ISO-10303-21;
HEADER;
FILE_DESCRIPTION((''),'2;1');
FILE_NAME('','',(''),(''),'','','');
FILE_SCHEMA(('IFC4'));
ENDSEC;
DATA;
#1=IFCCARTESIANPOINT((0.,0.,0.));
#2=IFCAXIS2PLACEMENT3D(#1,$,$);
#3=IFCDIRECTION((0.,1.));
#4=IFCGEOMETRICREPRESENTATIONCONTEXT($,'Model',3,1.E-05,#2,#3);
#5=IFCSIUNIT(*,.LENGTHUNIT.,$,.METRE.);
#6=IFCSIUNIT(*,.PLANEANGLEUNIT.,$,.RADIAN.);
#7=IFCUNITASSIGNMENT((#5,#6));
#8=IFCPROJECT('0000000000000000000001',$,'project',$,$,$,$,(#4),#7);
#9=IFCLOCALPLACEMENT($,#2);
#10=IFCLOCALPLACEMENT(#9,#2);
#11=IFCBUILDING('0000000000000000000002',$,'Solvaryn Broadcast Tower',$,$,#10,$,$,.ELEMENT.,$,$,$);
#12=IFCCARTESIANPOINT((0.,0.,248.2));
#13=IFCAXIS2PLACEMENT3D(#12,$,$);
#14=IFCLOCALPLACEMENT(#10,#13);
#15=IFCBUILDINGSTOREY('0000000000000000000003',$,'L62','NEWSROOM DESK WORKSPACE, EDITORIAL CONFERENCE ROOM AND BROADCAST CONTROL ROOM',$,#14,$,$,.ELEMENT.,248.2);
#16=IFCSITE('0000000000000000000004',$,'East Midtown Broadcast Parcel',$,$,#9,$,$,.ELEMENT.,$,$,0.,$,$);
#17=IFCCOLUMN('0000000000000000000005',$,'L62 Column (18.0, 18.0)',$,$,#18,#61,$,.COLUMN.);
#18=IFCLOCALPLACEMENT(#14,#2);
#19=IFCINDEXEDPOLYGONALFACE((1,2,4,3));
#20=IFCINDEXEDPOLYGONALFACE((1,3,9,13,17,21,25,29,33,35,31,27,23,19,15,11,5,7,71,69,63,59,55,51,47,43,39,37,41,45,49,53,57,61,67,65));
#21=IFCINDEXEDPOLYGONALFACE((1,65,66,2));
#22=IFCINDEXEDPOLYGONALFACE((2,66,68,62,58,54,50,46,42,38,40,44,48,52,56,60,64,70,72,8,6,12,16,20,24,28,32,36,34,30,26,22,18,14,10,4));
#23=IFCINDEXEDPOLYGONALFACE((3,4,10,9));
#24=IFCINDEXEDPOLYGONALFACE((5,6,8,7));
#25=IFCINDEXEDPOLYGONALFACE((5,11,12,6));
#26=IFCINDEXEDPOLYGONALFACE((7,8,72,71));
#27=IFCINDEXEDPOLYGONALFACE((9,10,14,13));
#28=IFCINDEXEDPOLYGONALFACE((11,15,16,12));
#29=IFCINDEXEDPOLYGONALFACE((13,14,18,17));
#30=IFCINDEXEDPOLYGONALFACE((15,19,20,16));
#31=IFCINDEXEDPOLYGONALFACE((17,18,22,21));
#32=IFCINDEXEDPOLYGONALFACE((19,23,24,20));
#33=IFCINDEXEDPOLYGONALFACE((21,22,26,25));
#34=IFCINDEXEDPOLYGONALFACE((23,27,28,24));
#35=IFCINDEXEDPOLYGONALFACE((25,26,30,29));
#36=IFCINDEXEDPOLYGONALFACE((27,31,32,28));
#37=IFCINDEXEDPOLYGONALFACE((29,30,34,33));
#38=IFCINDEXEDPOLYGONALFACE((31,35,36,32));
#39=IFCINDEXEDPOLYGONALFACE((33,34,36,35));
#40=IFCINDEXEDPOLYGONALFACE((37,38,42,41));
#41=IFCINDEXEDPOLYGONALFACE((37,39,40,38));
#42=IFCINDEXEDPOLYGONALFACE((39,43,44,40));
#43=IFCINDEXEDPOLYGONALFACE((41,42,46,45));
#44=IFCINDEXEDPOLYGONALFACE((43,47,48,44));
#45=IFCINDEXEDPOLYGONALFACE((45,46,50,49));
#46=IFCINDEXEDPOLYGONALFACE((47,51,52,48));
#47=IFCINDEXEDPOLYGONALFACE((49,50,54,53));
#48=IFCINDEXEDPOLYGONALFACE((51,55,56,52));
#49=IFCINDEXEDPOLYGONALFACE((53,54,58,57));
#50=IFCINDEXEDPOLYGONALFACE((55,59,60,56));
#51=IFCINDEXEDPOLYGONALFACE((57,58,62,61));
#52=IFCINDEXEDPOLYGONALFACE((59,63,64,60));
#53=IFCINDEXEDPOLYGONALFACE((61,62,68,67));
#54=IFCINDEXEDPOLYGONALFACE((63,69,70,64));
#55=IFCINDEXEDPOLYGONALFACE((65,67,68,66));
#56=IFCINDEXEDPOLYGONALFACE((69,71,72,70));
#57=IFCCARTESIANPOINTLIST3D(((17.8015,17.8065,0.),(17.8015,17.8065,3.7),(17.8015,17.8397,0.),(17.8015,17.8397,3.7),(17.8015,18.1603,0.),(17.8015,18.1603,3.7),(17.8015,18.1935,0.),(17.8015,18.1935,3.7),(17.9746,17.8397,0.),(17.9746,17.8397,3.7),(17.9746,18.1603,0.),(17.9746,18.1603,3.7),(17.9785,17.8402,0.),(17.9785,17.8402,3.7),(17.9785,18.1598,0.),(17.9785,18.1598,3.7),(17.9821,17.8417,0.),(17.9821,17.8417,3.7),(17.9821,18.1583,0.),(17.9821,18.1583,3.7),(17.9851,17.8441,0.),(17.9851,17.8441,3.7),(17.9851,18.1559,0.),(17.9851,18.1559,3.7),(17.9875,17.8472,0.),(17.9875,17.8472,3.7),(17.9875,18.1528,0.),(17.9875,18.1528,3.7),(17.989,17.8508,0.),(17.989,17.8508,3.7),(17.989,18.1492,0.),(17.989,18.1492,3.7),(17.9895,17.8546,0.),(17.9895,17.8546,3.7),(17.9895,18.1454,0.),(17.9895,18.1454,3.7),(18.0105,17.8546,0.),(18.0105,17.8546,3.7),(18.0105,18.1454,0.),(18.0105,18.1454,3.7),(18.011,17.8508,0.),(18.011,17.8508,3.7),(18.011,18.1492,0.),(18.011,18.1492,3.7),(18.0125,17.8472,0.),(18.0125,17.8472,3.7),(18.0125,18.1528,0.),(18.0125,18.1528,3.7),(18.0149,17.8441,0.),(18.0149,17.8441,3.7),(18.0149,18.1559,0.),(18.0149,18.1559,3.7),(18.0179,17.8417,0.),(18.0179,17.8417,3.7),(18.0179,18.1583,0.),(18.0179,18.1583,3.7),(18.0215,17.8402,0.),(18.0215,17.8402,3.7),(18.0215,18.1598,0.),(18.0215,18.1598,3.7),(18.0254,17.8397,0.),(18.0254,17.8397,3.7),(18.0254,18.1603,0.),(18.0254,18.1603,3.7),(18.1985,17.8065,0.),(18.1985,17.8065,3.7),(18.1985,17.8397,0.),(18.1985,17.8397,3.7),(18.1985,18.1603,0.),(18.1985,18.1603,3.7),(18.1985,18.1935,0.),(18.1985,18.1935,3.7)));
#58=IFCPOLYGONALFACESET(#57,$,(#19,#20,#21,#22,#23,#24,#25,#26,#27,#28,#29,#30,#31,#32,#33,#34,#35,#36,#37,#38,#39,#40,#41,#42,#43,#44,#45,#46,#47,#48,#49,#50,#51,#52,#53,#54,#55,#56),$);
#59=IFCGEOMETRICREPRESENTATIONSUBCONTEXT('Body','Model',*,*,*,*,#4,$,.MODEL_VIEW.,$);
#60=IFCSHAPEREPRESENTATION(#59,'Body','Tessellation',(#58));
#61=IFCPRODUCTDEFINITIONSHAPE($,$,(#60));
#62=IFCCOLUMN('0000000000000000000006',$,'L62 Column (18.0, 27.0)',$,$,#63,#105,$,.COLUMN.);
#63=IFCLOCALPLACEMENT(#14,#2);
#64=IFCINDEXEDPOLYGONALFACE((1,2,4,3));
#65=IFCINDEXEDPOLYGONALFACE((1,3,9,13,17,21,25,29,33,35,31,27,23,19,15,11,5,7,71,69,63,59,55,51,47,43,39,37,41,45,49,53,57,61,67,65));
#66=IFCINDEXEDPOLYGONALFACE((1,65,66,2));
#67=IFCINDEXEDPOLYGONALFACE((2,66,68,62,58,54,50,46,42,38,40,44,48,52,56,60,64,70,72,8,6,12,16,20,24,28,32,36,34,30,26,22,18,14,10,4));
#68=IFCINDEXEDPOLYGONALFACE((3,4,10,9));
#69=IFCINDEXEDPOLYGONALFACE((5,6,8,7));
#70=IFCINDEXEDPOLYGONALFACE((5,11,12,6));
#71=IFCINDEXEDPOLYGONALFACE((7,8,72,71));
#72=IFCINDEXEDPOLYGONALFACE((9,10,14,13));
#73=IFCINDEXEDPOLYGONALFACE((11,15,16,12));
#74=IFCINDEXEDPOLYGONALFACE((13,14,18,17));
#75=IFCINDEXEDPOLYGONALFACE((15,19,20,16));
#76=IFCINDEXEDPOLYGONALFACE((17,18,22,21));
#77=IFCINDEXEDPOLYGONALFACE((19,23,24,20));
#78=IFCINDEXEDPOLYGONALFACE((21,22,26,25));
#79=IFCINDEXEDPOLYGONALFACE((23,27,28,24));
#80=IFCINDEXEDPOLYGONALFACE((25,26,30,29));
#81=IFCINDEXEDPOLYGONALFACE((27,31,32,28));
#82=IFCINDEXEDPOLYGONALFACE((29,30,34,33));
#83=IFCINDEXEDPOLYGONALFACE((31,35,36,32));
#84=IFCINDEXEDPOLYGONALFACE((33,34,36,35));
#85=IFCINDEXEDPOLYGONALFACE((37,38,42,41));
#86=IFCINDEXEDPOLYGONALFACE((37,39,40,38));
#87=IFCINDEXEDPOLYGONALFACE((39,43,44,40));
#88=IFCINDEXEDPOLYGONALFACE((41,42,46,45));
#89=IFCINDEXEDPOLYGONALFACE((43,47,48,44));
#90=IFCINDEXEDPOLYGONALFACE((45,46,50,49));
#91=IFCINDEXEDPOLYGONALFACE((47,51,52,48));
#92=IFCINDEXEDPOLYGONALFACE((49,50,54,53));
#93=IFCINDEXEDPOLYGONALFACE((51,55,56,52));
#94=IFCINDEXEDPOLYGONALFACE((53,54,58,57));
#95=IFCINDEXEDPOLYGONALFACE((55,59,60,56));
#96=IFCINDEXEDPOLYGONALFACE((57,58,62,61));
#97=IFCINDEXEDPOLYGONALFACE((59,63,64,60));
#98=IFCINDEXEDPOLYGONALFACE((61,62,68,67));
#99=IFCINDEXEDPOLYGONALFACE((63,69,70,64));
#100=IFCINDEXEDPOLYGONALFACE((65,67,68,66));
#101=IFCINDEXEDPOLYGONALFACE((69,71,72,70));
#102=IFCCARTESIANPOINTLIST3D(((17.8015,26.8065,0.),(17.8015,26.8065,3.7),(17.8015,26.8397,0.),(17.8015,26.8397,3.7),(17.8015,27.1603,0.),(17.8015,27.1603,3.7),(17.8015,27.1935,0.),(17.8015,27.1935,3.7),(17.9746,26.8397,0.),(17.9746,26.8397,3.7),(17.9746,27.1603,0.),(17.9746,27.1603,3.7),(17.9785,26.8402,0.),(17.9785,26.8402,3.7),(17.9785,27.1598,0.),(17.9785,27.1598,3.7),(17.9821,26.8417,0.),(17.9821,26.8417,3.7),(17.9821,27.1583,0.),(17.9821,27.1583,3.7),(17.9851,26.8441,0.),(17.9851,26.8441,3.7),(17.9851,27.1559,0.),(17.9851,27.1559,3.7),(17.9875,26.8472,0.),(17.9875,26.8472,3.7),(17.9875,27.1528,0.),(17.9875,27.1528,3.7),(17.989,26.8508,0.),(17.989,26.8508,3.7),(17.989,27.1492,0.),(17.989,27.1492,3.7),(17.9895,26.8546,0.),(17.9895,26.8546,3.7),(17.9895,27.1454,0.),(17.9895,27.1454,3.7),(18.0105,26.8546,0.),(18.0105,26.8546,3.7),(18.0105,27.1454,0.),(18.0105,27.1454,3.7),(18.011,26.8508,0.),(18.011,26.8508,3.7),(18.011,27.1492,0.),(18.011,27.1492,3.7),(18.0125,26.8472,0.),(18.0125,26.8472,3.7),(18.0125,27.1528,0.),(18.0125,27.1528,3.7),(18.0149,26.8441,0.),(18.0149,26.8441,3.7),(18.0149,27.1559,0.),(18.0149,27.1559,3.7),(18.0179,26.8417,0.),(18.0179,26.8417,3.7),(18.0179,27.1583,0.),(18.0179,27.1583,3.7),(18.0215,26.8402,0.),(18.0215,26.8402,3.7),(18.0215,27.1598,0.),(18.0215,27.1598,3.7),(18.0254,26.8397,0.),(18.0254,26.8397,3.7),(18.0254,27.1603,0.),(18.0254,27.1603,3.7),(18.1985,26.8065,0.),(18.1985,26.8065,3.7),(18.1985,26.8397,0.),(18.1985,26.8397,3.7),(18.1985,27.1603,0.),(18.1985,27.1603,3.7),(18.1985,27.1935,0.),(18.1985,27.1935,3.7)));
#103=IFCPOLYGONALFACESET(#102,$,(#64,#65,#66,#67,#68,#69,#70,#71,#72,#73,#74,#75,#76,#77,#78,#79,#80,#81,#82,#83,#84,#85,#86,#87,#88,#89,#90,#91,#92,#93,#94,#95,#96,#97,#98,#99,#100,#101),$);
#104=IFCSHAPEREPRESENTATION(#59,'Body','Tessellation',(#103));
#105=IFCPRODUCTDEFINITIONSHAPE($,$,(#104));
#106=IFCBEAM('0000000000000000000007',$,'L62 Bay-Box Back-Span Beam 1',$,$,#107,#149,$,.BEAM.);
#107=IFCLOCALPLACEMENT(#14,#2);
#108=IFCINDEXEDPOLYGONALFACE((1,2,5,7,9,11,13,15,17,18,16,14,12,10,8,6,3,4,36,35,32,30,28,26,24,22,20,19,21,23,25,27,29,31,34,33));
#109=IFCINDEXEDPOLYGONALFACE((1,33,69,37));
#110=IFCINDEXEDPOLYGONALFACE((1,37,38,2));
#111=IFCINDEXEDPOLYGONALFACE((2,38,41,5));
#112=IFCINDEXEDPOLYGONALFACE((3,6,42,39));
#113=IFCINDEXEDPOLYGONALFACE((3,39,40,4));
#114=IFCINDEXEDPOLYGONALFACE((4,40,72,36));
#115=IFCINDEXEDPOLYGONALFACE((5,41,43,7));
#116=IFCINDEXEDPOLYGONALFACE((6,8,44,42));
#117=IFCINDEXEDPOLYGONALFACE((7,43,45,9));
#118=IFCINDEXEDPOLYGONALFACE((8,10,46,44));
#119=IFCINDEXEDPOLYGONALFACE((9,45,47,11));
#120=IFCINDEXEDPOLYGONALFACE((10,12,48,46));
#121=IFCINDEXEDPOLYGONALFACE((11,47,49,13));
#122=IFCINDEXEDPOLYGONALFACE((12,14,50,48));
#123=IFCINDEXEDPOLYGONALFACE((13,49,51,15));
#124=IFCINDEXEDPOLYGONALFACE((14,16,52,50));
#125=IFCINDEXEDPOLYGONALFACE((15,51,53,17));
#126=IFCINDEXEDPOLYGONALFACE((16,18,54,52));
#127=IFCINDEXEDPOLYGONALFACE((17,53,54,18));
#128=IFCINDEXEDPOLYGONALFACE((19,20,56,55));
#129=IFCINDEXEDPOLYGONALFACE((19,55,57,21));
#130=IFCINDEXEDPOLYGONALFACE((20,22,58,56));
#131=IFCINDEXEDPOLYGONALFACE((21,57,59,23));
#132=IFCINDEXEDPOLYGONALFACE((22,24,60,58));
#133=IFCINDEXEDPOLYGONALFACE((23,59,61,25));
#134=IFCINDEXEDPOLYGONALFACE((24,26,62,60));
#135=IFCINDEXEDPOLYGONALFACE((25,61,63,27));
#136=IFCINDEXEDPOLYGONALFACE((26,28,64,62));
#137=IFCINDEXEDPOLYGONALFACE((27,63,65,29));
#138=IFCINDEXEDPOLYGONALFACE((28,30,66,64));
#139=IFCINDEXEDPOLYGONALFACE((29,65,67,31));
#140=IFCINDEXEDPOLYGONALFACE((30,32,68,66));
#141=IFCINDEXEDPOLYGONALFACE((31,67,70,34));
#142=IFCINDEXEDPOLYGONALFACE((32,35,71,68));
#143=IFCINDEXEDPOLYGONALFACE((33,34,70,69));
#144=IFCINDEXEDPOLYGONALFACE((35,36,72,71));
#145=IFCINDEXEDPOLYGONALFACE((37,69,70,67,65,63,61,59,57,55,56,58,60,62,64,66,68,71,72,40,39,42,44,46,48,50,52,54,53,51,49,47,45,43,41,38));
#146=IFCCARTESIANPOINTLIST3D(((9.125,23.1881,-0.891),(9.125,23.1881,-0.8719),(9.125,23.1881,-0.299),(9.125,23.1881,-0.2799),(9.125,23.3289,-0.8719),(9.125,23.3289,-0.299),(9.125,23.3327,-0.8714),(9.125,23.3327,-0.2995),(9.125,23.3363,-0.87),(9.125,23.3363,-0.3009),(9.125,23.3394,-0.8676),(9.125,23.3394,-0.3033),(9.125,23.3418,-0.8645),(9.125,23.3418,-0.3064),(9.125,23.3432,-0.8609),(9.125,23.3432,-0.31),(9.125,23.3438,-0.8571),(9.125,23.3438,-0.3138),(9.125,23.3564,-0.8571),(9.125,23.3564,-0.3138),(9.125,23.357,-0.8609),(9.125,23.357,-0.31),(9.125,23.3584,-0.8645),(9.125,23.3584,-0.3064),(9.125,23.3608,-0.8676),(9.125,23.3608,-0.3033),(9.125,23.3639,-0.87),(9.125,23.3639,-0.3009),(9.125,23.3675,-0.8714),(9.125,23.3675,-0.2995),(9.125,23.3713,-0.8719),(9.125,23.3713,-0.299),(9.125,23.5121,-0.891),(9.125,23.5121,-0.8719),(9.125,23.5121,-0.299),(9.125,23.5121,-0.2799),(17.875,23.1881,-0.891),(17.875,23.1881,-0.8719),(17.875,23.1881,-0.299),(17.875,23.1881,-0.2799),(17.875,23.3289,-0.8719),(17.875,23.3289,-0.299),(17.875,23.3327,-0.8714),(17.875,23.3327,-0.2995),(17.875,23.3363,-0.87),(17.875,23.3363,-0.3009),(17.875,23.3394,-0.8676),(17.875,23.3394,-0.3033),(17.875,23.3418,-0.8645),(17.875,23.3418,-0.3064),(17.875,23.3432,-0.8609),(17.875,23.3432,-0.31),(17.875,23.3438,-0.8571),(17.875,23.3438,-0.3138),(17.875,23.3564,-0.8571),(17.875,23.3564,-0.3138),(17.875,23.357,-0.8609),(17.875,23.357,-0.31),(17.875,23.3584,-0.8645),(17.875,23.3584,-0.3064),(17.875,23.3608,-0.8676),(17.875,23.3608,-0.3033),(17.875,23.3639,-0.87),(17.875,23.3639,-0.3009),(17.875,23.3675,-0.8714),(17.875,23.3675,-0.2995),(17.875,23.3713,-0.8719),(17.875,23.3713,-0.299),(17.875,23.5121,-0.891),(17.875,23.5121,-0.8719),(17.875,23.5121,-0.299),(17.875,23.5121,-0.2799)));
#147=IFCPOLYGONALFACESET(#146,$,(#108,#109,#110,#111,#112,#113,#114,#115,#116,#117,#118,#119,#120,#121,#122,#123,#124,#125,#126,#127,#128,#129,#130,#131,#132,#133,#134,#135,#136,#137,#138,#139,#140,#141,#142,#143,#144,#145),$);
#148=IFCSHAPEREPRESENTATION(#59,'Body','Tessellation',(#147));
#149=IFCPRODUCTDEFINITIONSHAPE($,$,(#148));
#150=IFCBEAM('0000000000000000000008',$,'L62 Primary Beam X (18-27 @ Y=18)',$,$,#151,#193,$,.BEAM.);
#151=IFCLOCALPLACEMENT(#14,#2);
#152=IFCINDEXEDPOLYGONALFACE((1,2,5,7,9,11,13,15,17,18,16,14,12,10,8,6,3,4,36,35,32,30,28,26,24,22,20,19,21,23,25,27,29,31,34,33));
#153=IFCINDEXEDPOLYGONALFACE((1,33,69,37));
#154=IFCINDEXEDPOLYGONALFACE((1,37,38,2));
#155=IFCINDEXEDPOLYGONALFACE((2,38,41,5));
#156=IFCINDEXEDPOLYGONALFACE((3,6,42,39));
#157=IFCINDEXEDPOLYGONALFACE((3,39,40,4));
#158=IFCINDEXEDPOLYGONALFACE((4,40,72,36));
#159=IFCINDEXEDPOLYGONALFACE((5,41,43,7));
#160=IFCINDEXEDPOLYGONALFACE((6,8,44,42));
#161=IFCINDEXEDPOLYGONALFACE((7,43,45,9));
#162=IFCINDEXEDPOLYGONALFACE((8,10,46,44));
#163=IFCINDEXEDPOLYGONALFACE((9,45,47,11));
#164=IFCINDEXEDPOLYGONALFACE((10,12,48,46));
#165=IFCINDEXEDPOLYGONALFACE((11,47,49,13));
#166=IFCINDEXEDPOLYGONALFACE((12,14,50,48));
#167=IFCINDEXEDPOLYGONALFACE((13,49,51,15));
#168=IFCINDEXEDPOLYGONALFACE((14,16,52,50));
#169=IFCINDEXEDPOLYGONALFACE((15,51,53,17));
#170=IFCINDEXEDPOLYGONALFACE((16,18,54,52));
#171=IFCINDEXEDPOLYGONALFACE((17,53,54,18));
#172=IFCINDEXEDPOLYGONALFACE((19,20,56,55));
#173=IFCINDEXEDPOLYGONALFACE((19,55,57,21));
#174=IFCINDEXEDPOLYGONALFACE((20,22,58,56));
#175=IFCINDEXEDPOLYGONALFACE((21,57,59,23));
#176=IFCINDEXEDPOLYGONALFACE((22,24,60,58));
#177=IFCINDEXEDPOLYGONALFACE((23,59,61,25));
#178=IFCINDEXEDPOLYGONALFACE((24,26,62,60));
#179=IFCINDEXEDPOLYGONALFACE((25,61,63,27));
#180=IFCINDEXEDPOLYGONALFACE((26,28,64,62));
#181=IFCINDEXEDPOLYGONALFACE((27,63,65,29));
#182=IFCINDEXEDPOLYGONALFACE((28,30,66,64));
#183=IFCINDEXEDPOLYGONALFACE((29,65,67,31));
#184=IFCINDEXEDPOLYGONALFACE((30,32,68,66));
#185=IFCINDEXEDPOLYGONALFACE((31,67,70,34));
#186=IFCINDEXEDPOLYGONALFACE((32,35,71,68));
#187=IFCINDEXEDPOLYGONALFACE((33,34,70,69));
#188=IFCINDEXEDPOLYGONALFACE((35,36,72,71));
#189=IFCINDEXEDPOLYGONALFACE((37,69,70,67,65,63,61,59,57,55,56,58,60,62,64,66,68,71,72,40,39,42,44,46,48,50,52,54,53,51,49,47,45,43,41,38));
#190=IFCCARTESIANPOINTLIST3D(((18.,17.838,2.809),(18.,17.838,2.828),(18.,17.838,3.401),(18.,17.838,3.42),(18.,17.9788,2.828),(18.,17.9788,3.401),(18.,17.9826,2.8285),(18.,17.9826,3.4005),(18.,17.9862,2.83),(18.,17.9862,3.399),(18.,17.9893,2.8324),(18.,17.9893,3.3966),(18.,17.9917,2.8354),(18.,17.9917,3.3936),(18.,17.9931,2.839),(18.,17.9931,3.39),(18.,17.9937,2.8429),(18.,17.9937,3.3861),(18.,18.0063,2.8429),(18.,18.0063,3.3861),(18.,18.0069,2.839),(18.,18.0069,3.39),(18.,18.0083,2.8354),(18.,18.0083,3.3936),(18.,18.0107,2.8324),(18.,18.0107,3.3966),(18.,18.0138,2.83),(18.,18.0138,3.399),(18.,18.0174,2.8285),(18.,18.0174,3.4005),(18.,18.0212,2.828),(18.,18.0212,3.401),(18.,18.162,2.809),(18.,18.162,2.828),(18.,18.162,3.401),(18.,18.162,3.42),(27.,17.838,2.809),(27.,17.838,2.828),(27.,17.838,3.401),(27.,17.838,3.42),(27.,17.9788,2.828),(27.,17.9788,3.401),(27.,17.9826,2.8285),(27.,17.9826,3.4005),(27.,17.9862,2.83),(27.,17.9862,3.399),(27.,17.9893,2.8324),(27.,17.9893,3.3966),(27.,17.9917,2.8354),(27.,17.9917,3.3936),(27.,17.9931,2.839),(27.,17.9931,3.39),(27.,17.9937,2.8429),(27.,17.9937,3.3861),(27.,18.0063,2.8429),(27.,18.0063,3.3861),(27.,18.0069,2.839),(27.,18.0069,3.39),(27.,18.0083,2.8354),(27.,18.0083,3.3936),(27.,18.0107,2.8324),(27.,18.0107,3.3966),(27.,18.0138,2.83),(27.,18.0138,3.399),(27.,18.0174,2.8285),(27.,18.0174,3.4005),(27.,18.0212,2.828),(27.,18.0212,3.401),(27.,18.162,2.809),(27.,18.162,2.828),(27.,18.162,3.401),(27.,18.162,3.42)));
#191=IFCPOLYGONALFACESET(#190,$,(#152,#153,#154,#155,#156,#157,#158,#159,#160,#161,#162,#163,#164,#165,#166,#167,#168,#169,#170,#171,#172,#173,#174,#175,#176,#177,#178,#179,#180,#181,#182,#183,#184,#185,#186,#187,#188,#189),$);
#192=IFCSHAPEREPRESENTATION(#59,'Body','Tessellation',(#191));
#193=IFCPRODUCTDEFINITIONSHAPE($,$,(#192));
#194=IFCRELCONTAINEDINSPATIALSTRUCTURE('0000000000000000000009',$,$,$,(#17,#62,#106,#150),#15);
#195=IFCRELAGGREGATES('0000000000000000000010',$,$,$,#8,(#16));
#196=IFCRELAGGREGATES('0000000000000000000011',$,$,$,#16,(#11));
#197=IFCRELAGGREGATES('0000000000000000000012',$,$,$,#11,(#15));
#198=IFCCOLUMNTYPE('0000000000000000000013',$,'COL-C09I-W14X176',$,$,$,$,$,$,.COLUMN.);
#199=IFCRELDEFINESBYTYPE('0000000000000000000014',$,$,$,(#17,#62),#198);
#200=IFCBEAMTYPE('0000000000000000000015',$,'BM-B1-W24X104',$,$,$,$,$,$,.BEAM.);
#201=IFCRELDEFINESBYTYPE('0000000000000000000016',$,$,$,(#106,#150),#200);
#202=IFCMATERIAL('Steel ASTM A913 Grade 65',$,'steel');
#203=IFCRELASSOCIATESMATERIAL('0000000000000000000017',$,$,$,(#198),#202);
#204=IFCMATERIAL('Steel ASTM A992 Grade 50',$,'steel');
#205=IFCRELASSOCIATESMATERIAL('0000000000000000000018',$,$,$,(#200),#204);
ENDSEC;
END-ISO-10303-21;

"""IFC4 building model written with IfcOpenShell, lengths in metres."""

from ifc_helpers import new_model, si_unit, direction, frame, origin, origin_2d, place, context, subcontext, project, spatial, i_section, extrude, material, material_profile, profile_set, type_object, element, save


model = new_model("IFC4")

# Units and contexts
model_context = context("Model", 3, precision=1e-05, world=origin(), true_north=direction((0.0, 1.0)))
body_context = subcontext(model_context, "Body", "Model", "MODEL_VIEW")
ifc_project = project(units=[si_unit("LENGTHUNIT", "METRE"), si_unit("PLANEANGLEUNIT", "RADIAN")], contexts=[model_context])

# Site, building, storey
site_placement = place(None, origin())
site = spatial("IfcSite", under=ifc_project, at=site_placement, Name="East Midtown Broadcast Parcel", CompositionType="ELEMENT", RefElevation=0.0)
building_placement = place(site_placement, origin())
building = spatial("IfcBuilding", under=site, at=building_placement, Name="Solvaryn Broadcast Tower", CompositionType="ELEMENT")
storey_placement = place(building_placement, frame((0.0, 0.0, 248.2)))
storey = spatial("IfcBuildingStorey", under=building, at=storey_placement, Name="L62", Description="NEWSROOM DESK WORKSPACE, EDITORIAL CONFERENCE ROOM AND BROADCAST CONTROL ROOM", CompositionType="ELEMENT", Elevation=248.2)

# Columns
ifc_material_1 = material(Name="Steel ASTM A913 Grade 65", Category="steel")
ifc_material_profile_1 = material_profile(ifc_material_1, i_section(OverallWidth=0.397, OverallDepth=0.387, WebThickness=0.021, FlangeThickness=0.0332, FilletRadius=0.0149, at=origin_2d()))
ifc_profile_set_1 = profile_set([ifc_material_profile_1], Name="Steel ASTM A913 Grade 65")
column_type = type_object("IfcColumnType", Name="COL-C09I-W14X176", PredefinedType="COLUMN", material=ifc_profile_set_1)
for number, where, z_axis, x_axis, name in (
    (1, (18.0, 18.0, 0.0), (0.0, 0.0, 1.0), (1.0, 0.0, 0.0), "L62 Column (18.0, 18.0)"),
    (2, (18.0, 27.0, 0.0), (0.0, 0.0, 1.0), (1.0, 0.0, 0.0), "L62 Column (18.0, 27.0)"),
):
    element("IfcColumn", number, at=place(storey_placement, frame(where, z_axis=z_axis, x_axis=x_axis)), inside=storey, type_object=column_type, Name=name, PredefinedType="COLUMN", context=body_context, shape_type="SweptSolid", body=[
        extrude(i_section(OverallWidth=0.397, OverallDepth=0.387, WebThickness=0.021, FlangeThickness=0.0332, FilletRadius=0.0149, at=origin_2d()), origin(), (0.0, 0.0, 1.0), 3.7),
    ])

# Beams
ifc_material_2 = material(Name="Steel ASTM A992 Grade 50", Category="steel")
ifc_material_profile_2 = material_profile(ifc_material_2, i_section(OverallWidth=0.324, OverallDepth=0.6111, WebThickness=0.0127, FlangeThickness=0.019, FilletRadius=0.0149, at=origin_2d()))
ifc_profile_set_2 = profile_set([ifc_material_profile_2], Name="Steel ASTM A992 Grade 50")
beam_type_1 = type_object("IfcBeamType", Name="BM-B1-W24X104", PredefinedType="BEAM", material=ifc_profile_set_2)
beam_1_placement = place(storey_placement, frame((17.875, 23.3501, -0.5854), z_axis=(-1.0, 0.0, 0.0), x_axis=(0.0, -1.0, 0.0)))
element("IfcBeam", 3, at=beam_1_placement, inside=storey, type_object=beam_type_1, Name="L62 Bay-Box Back-Span Beam 1", PredefinedType="BEAM", context=body_context, shape_type="SweptSolid", body=[
    extrude(i_section(OverallWidth=0.324, OverallDepth=0.6111, WebThickness=0.0127, FlangeThickness=0.019, FilletRadius=0.0149, at=origin_2d()), origin(), (0.0, 0.0, 1.0), 8.75),
])
for number, where, z_axis, x_axis, name in (
    (4, (18.0, 18.0, 3.1145), (1.0, 0.0, 0.0), (0.0, 1.0, 0.0), "L62 Primary Beam X (18-27 @ Y=18)"),
):
    element("IfcBeam", number, at=place(storey_placement, frame(where, z_axis=z_axis, x_axis=x_axis)), inside=storey, type_object=beam_type_1, Name=name, PredefinedType="BEAM", context=body_context, shape_type="SweptSolid", body=[
        extrude(i_section(OverallWidth=0.324, OverallDepth=0.6111, WebThickness=0.0127, FlangeThickness=0.019, FilletRadius=0.0149, at=origin_2d()), origin(), (0.0, 0.0, 1.0), 9.0),
    ])

save(model, "model.ifc")
